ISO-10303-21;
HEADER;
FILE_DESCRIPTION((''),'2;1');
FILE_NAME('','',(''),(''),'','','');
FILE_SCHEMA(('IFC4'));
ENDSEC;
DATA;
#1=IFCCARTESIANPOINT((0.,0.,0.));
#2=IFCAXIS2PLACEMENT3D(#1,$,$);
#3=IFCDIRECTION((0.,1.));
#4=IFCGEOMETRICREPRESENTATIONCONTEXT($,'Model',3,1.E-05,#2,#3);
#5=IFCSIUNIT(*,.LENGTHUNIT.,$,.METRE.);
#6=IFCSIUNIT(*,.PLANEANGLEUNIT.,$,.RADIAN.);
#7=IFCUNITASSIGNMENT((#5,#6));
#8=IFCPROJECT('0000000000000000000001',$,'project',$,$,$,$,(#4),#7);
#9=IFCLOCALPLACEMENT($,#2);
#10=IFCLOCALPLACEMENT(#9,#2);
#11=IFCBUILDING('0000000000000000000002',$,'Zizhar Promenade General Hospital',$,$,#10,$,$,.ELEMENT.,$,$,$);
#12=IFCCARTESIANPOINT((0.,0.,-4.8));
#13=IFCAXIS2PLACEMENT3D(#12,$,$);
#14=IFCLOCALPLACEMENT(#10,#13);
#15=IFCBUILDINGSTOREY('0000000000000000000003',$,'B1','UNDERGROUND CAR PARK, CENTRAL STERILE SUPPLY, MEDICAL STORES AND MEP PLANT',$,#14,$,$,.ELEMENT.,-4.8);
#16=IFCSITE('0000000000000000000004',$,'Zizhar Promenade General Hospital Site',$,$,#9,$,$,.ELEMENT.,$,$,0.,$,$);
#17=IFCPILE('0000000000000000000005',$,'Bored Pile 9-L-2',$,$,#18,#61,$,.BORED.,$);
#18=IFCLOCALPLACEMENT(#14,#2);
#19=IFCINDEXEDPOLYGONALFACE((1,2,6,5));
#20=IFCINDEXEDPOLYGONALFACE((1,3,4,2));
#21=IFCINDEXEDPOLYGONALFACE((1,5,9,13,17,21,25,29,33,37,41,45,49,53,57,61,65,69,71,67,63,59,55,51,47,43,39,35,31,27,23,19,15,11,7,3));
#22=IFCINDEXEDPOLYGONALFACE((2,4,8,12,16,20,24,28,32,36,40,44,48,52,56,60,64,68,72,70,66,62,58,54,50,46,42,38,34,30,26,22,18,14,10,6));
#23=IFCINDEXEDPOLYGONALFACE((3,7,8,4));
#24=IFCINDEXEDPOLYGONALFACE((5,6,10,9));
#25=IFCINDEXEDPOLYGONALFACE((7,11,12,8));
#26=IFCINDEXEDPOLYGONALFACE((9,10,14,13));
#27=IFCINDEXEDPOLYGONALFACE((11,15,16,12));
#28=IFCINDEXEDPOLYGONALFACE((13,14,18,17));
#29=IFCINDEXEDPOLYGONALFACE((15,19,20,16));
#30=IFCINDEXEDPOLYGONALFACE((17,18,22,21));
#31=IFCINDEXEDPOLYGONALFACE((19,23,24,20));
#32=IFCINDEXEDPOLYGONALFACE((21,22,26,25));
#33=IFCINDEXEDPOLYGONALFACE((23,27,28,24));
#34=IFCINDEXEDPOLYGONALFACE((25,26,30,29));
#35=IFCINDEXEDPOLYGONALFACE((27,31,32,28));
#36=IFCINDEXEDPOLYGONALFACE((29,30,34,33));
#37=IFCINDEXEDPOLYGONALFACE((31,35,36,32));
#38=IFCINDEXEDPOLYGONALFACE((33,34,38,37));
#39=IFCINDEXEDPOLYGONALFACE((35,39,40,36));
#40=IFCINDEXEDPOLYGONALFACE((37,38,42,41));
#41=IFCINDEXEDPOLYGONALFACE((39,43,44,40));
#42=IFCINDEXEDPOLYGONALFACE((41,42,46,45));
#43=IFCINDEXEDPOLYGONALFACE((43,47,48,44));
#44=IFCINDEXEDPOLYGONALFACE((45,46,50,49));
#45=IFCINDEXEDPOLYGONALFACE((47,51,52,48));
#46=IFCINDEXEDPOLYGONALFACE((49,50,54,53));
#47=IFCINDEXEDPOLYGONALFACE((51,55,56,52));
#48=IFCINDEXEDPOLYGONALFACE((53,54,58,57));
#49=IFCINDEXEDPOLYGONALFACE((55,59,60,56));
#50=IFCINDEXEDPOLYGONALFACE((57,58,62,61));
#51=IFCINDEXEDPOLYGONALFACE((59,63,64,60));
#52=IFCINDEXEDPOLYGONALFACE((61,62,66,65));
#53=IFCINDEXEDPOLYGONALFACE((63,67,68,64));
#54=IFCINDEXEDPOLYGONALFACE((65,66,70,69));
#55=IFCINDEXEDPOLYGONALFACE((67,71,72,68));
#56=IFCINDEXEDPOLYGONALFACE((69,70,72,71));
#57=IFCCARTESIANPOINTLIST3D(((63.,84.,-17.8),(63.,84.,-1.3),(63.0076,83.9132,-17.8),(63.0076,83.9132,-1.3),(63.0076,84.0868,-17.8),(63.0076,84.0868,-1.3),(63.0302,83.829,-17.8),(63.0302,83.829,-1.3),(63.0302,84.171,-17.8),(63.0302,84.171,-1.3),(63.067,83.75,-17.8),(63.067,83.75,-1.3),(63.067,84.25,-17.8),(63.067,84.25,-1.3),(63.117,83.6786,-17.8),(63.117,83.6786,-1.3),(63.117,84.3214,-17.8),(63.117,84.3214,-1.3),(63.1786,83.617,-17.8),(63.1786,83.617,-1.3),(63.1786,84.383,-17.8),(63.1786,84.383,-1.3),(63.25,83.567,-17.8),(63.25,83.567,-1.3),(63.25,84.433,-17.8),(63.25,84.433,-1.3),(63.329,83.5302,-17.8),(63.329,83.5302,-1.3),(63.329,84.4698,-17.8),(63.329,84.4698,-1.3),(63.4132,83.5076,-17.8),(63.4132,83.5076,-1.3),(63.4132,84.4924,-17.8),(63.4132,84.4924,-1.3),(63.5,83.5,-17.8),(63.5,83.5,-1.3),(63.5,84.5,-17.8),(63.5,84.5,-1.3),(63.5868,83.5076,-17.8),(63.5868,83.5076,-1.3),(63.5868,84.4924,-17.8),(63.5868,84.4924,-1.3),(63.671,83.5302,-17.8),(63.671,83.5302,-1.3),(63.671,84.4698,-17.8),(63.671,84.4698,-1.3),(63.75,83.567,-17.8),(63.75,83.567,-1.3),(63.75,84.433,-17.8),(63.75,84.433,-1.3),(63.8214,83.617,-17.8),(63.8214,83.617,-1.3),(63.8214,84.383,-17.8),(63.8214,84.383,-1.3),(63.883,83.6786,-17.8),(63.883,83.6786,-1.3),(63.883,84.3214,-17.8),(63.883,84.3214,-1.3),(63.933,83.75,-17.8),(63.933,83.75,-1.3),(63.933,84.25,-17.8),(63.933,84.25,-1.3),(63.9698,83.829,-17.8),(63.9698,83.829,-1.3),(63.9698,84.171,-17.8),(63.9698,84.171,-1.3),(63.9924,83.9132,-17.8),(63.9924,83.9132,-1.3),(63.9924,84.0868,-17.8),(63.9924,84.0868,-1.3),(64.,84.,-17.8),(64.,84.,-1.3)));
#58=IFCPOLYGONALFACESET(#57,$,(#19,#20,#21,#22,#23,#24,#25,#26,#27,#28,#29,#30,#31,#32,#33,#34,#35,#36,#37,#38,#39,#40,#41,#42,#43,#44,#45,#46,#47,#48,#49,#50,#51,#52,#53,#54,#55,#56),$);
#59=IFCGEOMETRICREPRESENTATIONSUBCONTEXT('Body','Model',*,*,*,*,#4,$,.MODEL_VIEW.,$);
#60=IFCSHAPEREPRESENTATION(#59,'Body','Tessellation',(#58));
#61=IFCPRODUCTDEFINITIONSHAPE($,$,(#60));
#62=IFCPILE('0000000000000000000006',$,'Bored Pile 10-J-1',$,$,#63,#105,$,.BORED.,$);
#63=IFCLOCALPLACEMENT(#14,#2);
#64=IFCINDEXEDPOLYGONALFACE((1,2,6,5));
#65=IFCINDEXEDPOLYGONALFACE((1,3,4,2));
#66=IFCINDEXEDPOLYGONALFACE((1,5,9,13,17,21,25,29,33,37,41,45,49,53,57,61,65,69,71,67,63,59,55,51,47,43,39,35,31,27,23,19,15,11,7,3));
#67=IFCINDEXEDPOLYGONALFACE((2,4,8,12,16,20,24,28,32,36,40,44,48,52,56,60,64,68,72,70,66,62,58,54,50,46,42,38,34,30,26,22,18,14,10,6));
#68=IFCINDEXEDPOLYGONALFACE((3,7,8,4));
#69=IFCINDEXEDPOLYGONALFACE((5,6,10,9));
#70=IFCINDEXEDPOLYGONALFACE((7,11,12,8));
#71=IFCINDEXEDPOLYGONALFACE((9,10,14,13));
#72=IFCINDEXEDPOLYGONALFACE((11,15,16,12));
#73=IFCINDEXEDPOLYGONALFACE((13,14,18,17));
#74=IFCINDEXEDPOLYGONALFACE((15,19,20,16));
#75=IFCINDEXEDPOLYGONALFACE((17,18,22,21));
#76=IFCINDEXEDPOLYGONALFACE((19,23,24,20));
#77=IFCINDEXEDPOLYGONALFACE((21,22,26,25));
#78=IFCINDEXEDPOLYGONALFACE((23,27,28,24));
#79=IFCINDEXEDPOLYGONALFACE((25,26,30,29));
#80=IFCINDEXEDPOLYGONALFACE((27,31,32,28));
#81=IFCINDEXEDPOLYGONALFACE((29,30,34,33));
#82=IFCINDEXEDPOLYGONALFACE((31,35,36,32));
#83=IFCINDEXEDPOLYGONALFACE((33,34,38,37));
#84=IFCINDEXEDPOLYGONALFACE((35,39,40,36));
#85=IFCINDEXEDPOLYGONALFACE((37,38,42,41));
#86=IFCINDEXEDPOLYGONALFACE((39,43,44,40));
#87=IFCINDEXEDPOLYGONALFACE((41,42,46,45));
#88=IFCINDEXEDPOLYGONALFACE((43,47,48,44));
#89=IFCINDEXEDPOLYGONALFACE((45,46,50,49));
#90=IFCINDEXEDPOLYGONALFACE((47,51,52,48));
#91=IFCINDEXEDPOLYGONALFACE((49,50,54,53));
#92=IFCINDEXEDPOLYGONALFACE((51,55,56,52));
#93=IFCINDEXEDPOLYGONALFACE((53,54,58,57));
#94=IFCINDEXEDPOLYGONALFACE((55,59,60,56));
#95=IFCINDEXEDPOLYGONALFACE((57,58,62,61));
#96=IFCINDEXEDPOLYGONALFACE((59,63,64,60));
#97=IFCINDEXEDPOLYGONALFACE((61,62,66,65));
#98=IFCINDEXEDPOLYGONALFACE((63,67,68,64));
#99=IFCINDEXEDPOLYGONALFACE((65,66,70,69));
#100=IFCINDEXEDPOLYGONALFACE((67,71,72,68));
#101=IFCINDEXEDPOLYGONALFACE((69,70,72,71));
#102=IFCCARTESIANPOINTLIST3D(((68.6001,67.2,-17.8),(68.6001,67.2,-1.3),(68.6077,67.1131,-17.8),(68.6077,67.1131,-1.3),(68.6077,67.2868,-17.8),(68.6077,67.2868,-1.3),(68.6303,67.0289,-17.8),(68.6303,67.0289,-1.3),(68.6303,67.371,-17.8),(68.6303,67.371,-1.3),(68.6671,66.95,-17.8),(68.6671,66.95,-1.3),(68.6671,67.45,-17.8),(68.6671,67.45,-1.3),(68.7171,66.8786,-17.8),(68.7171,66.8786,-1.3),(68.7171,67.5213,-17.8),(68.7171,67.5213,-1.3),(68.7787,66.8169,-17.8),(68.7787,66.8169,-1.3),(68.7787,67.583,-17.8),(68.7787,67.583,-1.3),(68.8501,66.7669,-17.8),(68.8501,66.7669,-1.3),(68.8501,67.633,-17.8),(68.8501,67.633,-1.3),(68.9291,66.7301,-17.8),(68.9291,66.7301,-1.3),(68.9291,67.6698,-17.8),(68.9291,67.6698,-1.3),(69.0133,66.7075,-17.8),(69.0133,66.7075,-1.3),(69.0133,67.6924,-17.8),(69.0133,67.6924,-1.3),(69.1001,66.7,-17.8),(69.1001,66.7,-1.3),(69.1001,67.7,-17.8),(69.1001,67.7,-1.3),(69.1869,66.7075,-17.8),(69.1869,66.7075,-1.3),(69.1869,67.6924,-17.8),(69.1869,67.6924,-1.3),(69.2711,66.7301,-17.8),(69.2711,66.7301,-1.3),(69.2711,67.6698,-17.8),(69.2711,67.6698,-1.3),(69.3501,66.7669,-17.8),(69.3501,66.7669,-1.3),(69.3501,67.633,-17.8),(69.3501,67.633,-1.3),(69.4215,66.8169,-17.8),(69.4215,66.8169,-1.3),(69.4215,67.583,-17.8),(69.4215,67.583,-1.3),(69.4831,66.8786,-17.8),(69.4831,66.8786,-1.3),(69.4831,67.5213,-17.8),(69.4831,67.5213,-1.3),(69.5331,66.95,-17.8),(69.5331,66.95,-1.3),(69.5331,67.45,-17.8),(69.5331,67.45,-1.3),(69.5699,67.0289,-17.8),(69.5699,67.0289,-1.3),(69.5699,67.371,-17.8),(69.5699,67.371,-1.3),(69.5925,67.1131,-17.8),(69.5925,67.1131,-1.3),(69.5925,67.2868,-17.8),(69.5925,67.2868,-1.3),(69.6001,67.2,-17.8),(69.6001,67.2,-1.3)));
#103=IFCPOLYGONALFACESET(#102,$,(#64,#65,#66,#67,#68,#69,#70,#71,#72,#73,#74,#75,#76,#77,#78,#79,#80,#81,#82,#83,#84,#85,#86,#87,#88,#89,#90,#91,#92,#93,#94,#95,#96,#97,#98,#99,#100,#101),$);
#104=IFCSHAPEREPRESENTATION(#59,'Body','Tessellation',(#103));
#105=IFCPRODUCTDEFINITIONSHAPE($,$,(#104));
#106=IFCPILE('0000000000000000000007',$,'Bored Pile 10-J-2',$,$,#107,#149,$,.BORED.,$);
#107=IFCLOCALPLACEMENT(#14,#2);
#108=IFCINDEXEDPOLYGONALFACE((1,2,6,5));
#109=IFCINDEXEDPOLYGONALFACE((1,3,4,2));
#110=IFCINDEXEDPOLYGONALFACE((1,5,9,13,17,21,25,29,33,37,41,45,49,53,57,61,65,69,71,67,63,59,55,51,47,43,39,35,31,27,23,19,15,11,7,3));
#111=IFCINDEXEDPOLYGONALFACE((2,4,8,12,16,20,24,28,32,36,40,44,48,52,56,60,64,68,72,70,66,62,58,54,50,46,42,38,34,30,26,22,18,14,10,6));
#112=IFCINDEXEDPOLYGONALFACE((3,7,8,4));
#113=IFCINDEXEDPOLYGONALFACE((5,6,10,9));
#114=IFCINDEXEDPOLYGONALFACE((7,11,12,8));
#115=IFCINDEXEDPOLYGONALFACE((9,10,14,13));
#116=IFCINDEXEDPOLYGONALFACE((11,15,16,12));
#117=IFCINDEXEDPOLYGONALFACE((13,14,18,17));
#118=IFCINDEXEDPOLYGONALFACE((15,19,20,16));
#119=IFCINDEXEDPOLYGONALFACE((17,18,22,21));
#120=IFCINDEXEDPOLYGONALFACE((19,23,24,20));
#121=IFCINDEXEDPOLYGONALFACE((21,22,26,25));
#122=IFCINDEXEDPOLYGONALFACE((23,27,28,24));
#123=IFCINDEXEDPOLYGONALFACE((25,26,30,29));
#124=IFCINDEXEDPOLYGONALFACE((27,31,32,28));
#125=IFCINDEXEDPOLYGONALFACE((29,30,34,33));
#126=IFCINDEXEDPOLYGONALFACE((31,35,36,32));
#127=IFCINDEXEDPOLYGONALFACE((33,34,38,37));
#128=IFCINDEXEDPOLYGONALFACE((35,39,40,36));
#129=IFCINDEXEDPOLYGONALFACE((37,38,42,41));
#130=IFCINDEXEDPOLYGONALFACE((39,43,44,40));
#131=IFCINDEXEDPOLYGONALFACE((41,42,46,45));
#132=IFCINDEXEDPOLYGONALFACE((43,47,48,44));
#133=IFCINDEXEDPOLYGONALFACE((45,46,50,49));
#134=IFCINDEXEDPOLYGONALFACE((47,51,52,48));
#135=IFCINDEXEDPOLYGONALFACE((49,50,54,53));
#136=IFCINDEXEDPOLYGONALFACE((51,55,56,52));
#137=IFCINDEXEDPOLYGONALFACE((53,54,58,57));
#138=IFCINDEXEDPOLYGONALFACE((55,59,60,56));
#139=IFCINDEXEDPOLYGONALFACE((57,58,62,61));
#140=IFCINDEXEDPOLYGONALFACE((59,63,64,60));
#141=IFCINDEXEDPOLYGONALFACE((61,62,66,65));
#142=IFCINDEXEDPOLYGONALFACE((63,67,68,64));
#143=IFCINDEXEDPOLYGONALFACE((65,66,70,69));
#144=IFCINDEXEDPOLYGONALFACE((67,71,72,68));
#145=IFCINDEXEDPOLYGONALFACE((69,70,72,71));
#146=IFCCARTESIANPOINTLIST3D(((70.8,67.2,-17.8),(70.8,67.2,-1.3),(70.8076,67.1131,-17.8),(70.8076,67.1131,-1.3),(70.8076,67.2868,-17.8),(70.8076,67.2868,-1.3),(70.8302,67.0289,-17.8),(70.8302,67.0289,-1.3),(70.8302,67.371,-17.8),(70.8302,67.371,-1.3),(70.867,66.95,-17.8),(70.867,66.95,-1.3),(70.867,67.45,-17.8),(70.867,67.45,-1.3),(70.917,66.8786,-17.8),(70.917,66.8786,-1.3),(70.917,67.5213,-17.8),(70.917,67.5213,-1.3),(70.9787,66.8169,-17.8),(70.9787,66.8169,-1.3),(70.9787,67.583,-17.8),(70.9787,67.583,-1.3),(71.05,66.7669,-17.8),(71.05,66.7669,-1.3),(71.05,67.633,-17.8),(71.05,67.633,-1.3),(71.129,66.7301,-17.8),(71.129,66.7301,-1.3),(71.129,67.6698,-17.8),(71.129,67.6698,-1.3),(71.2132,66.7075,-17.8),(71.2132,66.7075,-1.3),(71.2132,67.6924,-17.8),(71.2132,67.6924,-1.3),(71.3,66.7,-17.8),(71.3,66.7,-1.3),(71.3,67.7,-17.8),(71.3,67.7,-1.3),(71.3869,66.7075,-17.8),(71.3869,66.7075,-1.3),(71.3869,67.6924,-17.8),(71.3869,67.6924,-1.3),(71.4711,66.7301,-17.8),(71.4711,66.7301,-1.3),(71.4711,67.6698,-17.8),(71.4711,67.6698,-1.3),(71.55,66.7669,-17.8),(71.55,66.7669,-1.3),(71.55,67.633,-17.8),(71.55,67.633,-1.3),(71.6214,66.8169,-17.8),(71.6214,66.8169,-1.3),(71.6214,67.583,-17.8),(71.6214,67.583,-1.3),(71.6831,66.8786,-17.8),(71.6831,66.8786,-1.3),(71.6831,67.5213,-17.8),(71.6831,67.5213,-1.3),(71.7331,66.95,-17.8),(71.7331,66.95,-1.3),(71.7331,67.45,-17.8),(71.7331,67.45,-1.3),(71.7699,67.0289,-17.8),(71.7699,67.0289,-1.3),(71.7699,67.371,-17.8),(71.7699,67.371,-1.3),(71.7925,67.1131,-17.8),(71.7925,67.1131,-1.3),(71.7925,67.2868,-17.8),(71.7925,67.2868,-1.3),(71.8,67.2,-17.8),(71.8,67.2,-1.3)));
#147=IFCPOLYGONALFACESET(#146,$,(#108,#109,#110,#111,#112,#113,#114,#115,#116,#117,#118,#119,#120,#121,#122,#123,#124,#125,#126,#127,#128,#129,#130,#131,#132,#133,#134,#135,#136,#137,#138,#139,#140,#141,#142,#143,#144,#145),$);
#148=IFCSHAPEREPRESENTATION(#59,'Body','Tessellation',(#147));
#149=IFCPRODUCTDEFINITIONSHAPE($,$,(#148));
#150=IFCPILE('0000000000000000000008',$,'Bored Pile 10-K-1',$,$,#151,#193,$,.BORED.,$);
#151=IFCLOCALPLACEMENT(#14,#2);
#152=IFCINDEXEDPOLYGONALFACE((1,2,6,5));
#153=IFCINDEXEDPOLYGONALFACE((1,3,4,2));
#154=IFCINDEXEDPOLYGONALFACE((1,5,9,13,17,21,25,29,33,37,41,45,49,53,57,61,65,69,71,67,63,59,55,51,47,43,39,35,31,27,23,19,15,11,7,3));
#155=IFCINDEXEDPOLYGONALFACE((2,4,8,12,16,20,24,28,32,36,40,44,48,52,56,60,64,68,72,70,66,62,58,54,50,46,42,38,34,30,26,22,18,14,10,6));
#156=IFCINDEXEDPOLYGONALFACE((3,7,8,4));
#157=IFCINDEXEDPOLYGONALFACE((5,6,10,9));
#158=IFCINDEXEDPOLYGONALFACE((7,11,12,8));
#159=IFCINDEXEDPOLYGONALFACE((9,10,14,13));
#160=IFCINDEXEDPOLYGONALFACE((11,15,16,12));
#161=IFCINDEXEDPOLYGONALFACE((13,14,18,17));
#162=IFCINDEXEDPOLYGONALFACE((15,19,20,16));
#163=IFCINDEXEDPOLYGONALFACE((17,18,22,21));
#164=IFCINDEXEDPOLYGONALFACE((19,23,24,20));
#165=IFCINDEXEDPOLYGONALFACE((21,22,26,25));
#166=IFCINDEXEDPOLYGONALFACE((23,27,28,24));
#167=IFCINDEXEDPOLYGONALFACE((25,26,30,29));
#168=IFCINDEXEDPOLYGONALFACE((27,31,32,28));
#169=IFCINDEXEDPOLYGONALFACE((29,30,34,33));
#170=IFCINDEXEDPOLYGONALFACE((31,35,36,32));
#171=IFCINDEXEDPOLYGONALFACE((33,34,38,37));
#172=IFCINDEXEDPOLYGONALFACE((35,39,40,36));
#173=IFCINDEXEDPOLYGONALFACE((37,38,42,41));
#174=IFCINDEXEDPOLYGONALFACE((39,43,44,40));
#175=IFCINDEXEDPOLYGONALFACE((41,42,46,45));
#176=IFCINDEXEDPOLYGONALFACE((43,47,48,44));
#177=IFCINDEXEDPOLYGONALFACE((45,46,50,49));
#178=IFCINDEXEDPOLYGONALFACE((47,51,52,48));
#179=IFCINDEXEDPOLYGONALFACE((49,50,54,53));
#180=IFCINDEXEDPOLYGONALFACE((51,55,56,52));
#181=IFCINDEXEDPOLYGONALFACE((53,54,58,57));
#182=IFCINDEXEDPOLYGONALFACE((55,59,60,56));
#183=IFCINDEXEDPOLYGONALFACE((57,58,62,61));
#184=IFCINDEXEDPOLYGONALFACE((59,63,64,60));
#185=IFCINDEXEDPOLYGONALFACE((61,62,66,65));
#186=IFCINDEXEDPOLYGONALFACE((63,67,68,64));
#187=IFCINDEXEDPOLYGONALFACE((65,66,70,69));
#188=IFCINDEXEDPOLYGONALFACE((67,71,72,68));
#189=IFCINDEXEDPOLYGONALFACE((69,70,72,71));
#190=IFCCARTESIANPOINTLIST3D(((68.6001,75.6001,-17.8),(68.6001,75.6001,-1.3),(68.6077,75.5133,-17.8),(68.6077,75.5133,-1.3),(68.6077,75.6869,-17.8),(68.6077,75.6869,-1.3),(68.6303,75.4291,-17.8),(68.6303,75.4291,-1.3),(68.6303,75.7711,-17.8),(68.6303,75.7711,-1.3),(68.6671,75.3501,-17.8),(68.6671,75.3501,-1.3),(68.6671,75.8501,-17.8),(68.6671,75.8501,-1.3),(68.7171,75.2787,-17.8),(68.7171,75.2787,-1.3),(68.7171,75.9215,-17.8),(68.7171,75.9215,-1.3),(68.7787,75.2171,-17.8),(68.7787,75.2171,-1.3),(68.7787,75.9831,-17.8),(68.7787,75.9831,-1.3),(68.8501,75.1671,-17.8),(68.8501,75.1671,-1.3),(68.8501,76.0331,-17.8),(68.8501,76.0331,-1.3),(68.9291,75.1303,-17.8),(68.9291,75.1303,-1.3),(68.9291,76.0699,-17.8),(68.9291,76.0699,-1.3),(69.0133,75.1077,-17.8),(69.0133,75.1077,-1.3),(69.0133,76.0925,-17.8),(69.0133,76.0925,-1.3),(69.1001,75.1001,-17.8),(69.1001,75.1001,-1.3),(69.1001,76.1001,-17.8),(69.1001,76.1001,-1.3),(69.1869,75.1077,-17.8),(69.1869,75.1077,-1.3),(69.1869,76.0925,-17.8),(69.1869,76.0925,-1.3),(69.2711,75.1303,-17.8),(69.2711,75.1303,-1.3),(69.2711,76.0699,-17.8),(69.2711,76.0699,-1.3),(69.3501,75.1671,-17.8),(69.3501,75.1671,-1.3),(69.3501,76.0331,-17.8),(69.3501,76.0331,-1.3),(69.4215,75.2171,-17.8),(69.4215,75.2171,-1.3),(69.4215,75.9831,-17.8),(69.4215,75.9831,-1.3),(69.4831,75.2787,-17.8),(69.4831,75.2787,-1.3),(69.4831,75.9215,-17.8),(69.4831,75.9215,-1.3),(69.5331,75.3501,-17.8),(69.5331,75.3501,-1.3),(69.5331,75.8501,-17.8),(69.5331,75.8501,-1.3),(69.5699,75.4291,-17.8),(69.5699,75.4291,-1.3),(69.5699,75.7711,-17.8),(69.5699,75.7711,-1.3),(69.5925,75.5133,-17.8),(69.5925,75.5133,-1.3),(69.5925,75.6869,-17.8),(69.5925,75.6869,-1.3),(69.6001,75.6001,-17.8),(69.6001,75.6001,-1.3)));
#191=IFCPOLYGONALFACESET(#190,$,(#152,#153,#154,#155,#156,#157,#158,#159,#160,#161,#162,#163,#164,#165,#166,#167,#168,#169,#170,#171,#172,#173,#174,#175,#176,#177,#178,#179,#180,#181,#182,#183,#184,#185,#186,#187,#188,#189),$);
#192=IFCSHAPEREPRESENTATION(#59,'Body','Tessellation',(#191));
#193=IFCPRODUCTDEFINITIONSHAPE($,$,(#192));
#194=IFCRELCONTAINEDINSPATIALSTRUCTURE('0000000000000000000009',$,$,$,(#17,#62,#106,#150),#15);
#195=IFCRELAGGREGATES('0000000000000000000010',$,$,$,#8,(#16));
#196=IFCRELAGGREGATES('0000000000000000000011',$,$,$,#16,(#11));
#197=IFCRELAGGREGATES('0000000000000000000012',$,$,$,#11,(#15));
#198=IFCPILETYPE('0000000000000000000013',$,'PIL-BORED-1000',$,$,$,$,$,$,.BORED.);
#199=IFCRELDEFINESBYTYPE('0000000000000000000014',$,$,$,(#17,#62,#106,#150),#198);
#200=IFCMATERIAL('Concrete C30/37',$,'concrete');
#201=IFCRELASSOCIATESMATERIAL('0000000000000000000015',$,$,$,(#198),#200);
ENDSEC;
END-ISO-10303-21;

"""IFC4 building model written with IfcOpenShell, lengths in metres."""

from ifc_helpers import new_model, si_unit, direction, frame, origin, origin_2d, place, context, subcontext, project, spatial, circle, extrude, material, material_profile, profile_set, type_object, element, save


model = new_model("IFC4")

# Units and contexts
model_context = context("Model", 3, precision=1e-05, world=origin(), true_north=direction((0.0, 1.0)))
body_context = subcontext(model_context, "Body", "Model", "MODEL_VIEW")
ifc_project = project(units=[si_unit("LENGTHUNIT", "METRE"), si_unit("PLANEANGLEUNIT", "RADIAN")], contexts=[model_context])

# Site, building, storey
site_placement = place(None, origin())
site = spatial("IfcSite", under=ifc_project, at=site_placement, Name="Zizhar Promenade General Hospital Site", CompositionType="ELEMENT", RefElevation=0.0)
building_placement = place(site_placement, origin())
building = spatial("IfcBuilding", under=site, at=building_placement, Name="Zizhar Promenade General Hospital", CompositionType="ELEMENT")
storey_placement = place(building_placement, frame((0.0, 0.0, -4.8)))
storey = spatial("IfcBuildingStorey", under=building, at=storey_placement, Name="B1", Description="UNDERGROUND CAR PARK, CENTRAL STERILE SUPPLY, MEDICAL STORES AND MEP PLANT", CompositionType="ELEMENT", Elevation=-4.8)

# Piles
ifc_material_1 = material(Name="Concrete C30/37", Category="concrete")
ifc_material_profile_1 = material_profile(ifc_material_1, circle(Radius=0.5, at=origin_2d()))
ifc_profile_set_1 = profile_set([ifc_material_profile_1], Name="Concrete C30/37")
pile_type = type_object("IfcPileType", Name="PIL-BORED-1000", PredefinedType="BORED", material=ifc_profile_set_1)
for number, where, z_axis, x_axis, name in (
    (1, (63.5, 84.0, -1.3), (0.0, 0.0, -1.0), (1.0, 0.0, 0.0), "Bored Pile 9-L-2"),
    (2, (69.1001, 67.2, -1.3), (0.0, 0.0, -1.0), (1.0, 0.0, 0.0), "Bored Pile 10-J-1"),
    (3, (71.3, 67.2, -1.3), (0.0, 0.0, -1.0), (1.0, 0.0, 0.0), "Bored Pile 10-J-2"),
    (4, (69.1001, 75.6001, -1.3), (0.0, 0.0, -1.0), (1.0, 0.0, 0.0), "Bored Pile 10-K-1"),
):
    element("IfcPile", number, at=place(storey_placement, frame(where, z_axis=z_axis, x_axis=x_axis)), inside=storey, type_object=pile_type, Name=name, PredefinedType="BORED", context=body_context, shape_type="SweptSolid", body=[
        extrude(circle(Radius=0.5, at=origin_2d()), origin(), (0.0, 0.0, 1.0), 16.5),
    ])

save(model, "model.ifc")
